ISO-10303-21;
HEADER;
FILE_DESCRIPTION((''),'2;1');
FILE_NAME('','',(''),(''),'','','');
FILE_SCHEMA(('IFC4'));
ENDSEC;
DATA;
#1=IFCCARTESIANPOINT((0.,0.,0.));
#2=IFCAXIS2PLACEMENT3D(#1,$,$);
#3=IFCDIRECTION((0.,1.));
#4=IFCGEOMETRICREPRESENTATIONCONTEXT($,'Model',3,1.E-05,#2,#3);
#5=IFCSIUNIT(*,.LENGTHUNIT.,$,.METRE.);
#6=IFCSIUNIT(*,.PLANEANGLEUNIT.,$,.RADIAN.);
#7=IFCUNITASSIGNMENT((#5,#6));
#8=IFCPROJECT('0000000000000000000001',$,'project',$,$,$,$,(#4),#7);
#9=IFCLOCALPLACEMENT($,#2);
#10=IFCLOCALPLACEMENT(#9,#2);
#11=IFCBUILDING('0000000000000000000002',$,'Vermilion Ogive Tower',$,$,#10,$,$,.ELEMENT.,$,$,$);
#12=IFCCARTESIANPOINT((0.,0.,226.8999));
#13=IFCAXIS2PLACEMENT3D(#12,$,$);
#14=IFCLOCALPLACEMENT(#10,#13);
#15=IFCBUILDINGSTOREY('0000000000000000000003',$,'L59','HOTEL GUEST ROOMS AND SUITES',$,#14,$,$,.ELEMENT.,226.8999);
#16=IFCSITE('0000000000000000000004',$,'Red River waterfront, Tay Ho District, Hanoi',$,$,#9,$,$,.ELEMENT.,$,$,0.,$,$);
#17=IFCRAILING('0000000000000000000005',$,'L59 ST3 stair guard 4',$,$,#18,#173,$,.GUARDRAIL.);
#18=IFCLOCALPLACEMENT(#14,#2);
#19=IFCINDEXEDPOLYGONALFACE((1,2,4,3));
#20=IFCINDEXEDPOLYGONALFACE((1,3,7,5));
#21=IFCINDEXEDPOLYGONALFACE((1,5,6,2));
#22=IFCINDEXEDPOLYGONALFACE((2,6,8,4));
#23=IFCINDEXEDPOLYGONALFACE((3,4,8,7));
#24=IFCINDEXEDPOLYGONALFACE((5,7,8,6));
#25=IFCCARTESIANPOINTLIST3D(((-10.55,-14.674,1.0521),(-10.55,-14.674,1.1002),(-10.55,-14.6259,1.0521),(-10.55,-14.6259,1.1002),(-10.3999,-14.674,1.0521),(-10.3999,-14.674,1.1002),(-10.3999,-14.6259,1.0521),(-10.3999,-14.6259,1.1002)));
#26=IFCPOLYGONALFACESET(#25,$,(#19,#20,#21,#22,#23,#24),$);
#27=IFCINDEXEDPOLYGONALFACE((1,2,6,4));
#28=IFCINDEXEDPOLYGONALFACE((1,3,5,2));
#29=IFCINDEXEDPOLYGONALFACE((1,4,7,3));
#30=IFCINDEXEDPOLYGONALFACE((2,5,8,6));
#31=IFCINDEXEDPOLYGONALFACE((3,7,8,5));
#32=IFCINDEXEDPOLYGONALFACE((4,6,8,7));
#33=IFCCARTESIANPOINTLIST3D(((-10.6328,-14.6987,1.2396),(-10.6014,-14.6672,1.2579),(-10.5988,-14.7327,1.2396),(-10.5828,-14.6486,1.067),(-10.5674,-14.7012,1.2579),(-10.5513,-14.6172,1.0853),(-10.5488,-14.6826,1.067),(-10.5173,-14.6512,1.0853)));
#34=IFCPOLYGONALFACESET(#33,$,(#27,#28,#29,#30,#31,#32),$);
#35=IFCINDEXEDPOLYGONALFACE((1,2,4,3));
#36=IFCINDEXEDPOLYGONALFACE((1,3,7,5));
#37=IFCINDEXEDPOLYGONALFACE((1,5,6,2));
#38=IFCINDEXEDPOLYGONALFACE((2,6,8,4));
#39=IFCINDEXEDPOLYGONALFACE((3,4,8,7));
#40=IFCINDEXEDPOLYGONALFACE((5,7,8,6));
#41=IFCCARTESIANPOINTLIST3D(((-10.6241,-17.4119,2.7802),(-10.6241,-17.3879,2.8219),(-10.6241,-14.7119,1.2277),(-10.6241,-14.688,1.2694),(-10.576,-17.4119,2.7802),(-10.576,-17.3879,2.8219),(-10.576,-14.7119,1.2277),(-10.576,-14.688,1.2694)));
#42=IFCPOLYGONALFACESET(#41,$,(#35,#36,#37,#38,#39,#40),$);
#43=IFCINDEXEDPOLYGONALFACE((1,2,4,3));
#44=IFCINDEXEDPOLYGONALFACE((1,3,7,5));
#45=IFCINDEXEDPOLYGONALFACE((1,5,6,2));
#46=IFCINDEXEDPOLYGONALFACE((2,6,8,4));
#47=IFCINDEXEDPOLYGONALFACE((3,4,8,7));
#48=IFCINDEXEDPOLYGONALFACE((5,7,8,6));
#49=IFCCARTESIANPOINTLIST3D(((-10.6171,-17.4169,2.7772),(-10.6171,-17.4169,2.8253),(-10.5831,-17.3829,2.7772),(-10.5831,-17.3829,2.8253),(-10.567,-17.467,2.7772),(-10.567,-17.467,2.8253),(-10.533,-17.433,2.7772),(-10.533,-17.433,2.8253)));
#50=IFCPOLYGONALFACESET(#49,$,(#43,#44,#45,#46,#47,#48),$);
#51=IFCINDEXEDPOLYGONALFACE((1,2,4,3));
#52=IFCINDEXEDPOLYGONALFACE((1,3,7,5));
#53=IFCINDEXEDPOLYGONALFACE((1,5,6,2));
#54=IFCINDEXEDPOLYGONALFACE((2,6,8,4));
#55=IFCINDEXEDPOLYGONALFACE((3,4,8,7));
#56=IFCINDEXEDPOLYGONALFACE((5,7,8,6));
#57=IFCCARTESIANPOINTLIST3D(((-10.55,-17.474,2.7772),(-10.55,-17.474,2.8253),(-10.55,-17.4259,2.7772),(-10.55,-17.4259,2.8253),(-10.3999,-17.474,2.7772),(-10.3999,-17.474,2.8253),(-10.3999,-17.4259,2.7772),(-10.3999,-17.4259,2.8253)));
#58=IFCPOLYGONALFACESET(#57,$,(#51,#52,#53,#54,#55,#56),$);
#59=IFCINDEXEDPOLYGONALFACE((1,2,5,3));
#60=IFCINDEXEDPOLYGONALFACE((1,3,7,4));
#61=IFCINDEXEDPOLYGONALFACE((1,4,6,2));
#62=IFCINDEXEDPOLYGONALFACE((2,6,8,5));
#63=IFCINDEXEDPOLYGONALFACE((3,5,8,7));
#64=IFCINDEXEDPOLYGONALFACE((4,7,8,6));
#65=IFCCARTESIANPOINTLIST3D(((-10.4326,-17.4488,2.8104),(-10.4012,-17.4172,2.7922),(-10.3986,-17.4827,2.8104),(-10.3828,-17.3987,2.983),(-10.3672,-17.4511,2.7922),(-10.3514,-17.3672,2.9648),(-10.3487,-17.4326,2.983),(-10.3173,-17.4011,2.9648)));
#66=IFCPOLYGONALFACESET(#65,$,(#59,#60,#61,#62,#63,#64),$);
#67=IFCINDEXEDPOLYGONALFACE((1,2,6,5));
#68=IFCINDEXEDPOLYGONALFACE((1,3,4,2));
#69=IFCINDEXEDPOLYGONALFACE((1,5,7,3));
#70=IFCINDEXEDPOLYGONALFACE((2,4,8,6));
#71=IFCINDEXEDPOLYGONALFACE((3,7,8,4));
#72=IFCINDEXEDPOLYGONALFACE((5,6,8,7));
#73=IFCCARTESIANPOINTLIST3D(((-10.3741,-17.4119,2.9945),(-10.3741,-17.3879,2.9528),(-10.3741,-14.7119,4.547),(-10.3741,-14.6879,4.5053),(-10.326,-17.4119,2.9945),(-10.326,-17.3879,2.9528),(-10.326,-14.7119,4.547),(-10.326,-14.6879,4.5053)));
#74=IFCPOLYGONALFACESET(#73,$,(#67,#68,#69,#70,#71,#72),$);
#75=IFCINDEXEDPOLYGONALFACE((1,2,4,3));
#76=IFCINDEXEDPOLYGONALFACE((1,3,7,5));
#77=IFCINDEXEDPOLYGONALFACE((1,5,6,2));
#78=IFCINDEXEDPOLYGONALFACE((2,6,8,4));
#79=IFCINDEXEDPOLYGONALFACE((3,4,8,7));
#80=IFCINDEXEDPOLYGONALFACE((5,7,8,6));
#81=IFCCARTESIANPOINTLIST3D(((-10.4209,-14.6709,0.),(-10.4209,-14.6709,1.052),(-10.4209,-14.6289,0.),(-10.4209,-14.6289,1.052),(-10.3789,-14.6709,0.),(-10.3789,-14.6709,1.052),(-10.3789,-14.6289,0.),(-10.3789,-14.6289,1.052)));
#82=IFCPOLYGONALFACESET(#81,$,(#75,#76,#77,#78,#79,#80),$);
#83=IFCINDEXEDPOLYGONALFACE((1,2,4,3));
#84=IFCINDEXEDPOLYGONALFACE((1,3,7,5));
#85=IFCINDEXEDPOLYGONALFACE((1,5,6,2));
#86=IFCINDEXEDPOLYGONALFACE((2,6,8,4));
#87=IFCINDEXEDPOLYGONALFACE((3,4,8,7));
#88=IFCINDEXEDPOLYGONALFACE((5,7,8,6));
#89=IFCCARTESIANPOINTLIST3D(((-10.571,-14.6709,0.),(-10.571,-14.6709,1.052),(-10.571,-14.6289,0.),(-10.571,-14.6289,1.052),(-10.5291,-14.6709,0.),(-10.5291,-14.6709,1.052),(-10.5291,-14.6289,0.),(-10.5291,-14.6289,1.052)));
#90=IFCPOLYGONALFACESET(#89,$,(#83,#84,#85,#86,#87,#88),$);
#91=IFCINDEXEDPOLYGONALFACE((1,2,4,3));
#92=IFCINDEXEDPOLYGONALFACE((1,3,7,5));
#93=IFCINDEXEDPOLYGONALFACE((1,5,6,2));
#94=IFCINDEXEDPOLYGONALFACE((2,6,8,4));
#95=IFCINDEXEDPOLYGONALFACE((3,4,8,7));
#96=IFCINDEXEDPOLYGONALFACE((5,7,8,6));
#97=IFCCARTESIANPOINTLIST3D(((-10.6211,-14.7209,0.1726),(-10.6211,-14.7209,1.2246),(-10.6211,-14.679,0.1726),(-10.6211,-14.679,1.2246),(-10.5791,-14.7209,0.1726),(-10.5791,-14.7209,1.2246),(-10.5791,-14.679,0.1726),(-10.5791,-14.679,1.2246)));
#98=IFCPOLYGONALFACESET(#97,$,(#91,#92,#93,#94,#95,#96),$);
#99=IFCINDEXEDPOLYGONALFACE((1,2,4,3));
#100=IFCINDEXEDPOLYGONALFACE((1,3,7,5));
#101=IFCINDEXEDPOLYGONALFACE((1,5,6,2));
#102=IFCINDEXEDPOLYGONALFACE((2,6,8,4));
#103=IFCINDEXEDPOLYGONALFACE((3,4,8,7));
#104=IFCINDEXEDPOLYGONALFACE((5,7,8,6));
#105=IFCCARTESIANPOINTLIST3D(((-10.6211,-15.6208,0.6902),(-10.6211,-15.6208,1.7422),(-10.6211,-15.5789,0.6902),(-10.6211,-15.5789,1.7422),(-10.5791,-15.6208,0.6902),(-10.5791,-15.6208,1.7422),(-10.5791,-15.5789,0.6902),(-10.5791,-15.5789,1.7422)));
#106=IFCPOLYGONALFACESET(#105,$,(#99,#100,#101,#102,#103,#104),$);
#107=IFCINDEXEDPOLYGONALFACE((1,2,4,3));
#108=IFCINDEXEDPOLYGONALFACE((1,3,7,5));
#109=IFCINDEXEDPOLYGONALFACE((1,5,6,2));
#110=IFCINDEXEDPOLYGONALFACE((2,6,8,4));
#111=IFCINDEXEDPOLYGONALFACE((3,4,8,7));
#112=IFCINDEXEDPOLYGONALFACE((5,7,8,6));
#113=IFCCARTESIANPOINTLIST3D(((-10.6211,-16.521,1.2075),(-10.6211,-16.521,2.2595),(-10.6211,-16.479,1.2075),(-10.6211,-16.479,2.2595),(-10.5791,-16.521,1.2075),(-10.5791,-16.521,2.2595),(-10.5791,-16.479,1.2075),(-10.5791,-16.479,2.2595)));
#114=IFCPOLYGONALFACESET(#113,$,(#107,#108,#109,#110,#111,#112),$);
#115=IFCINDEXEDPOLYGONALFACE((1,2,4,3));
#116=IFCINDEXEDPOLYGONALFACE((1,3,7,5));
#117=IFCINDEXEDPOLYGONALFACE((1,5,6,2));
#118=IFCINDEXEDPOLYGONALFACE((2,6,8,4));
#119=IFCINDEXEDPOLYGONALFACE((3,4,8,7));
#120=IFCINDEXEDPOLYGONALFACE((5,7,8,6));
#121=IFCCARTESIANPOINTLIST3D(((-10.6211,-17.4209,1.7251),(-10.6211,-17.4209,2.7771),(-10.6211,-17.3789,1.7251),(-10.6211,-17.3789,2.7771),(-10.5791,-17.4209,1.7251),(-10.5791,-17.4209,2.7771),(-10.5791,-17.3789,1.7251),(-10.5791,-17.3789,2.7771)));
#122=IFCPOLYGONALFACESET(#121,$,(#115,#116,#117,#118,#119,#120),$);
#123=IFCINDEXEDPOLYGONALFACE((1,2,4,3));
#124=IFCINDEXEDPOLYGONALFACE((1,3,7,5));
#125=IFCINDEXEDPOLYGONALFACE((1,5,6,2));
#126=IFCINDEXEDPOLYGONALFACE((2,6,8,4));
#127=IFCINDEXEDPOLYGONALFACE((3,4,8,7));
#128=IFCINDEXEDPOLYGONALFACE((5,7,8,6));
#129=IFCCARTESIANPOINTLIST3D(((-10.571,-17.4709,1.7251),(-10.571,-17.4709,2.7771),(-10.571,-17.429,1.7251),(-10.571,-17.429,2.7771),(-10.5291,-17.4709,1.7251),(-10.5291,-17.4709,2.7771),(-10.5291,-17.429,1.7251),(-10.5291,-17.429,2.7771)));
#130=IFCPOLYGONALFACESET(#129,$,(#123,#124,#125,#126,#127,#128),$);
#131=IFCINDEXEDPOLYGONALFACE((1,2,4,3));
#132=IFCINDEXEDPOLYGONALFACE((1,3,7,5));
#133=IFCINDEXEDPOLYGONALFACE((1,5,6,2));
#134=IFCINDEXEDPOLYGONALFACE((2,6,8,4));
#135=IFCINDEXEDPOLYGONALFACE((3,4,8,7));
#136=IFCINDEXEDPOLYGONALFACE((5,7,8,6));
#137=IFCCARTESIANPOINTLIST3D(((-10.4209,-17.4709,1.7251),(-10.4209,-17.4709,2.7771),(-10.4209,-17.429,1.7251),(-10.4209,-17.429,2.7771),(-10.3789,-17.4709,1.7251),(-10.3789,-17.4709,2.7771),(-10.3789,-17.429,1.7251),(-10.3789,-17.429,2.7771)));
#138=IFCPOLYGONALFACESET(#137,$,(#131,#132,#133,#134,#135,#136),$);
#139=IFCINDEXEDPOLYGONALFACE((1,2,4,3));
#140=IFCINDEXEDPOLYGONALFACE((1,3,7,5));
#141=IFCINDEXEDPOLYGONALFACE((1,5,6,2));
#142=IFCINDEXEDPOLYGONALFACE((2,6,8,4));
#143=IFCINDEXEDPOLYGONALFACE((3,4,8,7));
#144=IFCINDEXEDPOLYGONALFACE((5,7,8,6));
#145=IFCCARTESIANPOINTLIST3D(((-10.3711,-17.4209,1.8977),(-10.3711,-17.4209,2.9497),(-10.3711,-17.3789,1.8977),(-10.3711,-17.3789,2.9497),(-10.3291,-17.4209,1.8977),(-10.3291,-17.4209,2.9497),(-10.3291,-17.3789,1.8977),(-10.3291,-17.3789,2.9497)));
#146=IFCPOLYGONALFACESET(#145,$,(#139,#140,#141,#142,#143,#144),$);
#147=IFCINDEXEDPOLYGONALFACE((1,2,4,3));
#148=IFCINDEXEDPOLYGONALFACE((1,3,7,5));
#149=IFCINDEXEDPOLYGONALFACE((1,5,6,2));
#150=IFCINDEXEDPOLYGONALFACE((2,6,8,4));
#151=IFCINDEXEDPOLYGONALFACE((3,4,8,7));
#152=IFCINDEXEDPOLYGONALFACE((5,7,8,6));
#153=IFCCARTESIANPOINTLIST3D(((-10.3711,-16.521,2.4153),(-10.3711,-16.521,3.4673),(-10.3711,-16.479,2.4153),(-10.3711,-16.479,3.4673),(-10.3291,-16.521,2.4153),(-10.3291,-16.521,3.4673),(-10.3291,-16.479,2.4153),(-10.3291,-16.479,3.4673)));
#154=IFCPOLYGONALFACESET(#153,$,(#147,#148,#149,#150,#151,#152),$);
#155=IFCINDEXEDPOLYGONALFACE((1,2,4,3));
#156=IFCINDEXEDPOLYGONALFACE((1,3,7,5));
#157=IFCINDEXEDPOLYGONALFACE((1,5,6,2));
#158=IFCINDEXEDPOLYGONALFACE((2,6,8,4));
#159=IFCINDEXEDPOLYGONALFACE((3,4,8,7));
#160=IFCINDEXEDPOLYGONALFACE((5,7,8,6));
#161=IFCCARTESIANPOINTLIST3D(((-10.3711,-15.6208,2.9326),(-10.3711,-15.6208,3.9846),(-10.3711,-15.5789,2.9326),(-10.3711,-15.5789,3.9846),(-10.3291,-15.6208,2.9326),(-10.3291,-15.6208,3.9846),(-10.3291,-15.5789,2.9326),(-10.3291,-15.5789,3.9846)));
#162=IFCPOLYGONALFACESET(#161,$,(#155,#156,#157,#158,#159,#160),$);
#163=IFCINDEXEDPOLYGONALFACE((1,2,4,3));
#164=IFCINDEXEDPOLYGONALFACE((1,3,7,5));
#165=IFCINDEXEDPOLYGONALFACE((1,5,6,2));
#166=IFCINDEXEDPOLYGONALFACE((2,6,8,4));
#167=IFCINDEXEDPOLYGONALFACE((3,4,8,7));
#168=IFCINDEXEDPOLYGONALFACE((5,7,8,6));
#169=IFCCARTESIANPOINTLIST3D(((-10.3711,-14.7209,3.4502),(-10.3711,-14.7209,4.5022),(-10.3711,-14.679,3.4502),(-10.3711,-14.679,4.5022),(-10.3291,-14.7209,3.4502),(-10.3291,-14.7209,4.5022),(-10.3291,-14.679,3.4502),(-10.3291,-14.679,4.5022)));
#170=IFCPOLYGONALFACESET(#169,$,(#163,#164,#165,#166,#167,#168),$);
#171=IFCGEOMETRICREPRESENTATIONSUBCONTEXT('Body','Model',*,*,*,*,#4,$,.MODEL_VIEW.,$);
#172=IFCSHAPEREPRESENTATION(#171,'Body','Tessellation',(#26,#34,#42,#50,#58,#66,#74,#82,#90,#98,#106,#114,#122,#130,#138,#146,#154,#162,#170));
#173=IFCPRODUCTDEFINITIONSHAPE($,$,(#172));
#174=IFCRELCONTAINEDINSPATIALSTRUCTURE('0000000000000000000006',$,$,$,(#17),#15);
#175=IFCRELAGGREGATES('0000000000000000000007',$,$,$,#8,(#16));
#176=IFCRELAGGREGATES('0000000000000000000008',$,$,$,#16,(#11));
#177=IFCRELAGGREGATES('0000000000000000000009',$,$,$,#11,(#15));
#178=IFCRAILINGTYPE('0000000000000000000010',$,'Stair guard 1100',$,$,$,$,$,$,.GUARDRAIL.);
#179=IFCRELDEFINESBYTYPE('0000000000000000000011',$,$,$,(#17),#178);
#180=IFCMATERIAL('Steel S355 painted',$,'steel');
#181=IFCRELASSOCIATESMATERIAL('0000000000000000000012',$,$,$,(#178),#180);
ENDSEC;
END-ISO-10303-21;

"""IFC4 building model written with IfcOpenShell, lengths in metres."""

from ifc_helpers import new_model, si_unit, direction, frame, origin, origin_2d, place, context, subcontext, project, spatial, rectangle, extrude, material, type_object, element, save


model = new_model("IFC4")

# Units and contexts
model_context = context("Model", 3, precision=1e-05, world=origin(), true_north=direction((0.0, 1.0)))
body_context = subcontext(model_context, "Body", "Model", "MODEL_VIEW")
ifc_project = project(units=[si_unit("LENGTHUNIT", "METRE"), si_unit("PLANEANGLEUNIT", "RADIAN")], contexts=[model_context])

# Site, building, storey
site_placement = place(None, origin())
site = spatial("IfcSite", under=ifc_project, at=site_placement, Name="Red River waterfront, Tay Ho District, Hanoi", CompositionType="ELEMENT", RefElevation=0.0)
building_placement = place(site_placement, origin())
building = spatial("IfcBuilding", under=site, at=building_placement, Name="Vermilion Ogive Tower", CompositionType="ELEMENT")
storey_placement = place(building_placement, frame((0.0, 0.0, 226.8999)))
storey = spatial("IfcBuildingStorey", under=building, at=storey_placement, Name="L59", Description="HOTEL GUEST ROOMS AND SUITES", CompositionType="ELEMENT", Elevation=226.8999)

# Railing
ifc_material_1 = material(Name="Steel S355 painted", Category="steel")
railing_type = type_object("IfcRailingType", Name="Stair guard 1100", PredefinedType="GUARDRAIL", material=ifc_material_1)
railing_placement = place(storey_placement, frame((-10.3999, -14.6499, 0.0)))
element("IfcRailing", 1, at=railing_placement, inside=storey, type_object=railing_type, Name="L59 ST3 stair guard 4", PredefinedType="GUARDRAIL", context=body_context, shape_type="SweptSolid", body=[
    extrude(rectangle(XDim=0.0481, YDim=0.0481, at=origin_2d()), frame((0.0, 0.0, 1.0762), z_axis=(-1.0, 0.0, 0.0), x_axis=(0.0, -1.0, 0.0)), (0.0, 0.0, 1.0), 0.1501),
    extrude(rectangle(XDim=0.0481, YDim=0.0481, at=origin_2d()), frame((-0.1501, 0.0, 1.0762), z_axis=(-0.268278, -0.268278, 0.925232), x_axis=(0.707107, -0.707107, 0.0)), (0.0, 0.0, 1.0), 0.1865),
    extrude(rectangle(XDim=0.0481, YDim=0.0481, at=origin_2d()), frame((-0.2002, -0.05, 1.2485), z_axis=(0.0, -0.866904, 0.498476), x_axis=(1.0, 0.0, 0.0)), (0.0, 0.0, 1.0), 3.1145),
    extrude(rectangle(XDim=0.0481, YDim=0.0481, at=origin_2d()), frame((-0.2002, -2.75, 2.8013), z_axis=(0.707107, -0.707107, 0.0), x_axis=(0.707107, 0.707107, 0.0)), (0.0, 0.0, 1.0), 0.0708),
    extrude(rectangle(XDim=0.0481, YDim=0.0481, at=origin_2d()), frame((-0.1501, -2.8, 2.8013), z_axis=(1.0, 0.0, 0.0), x_axis=(0.0, 1.0, 0.0)), (0.0, 0.0, 1.0), 0.1501),
    extrude(rectangle(XDim=0.0481, YDim=0.0481, at=origin_2d()), frame((0.0, -2.8, 2.8013), z_axis=(0.267063, 0.268372, 0.925556), x_axis=(-0.708834, 0.705376, 0.0)), (0.0, 0.0, 1.0), 0.1865),
    extrude(rectangle(XDim=0.0481, YDim=0.0481, at=origin_2d()), frame((0.0498, -2.75, 2.9736), z_axis=(0.0, 0.866904, 0.498476), x_axis=(-1.0, 0.0, 0.0)), (0.0, 0.0, 1.0), 3.1145),
    extrude(rectangle(XDim=0.042, YDim=0.042, at=origin_2d()), origin(), (0.0, 0.0, 1.0), 1.052),
    extrude(rectangle(XDim=0.042, YDim=0.042, at=origin_2d()), frame((-0.1501, 0.0, 0.0)), (0.0, 0.0, 1.0), 1.052),
    extrude(rectangle(XDim=0.042, YDim=0.042, at=origin_2d()), frame((-0.2002, -0.05, 0.1726)), (0.0, 0.0, 1.0), 1.052),
    extrude(rectangle(XDim=0.042, YDim=0.042, at=origin_2d()), frame((-0.2002, -0.95, 0.6902)), (0.0, 0.0, 1.0), 1.052),
    extrude(rectangle(XDim=0.042, YDim=0.042, at=origin_2d()), frame((-0.2002, -1.8501, 1.2075)), (0.0, 0.0, 1.0), 1.052),
    extrude(rectangle(XDim=0.042, YDim=0.042, at=origin_2d()), frame((-0.2002, -2.75, 1.7251)), (0.0, 0.0, 1.0), 1.052),
    extrude(rectangle(XDim=0.042, YDim=0.042, at=origin_2d()), frame((-0.1501, -2.8, 1.7251)), (0.0, 0.0, 1.0), 1.052),
    extrude(rectangle(XDim=0.042, YDim=0.042, at=origin_2d()), frame((0.0, -2.8, 1.7251)), (0.0, 0.0, 1.0), 1.052),
    extrude(rectangle(XDim=0.042, YDim=0.042, at=origin_2d()), frame((0.0498, -2.75, 1.8977)), (0.0, 0.0, 1.0), 1.052),
    extrude(rectangle(XDim=0.042, YDim=0.042, at=origin_2d()), frame((0.0498, -1.8501, 2.4153)), (0.0, 0.0, 1.0), 1.052),
    extrude(rectangle(XDim=0.042, YDim=0.042, at=origin_2d()), frame((0.0498, -0.95, 2.9326)), (0.0, 0.0, 1.0), 1.052),
    extrude(rectangle(XDim=0.042, YDim=0.042, at=origin_2d()), frame((0.0498, -0.05, 3.4502)), (0.0, 0.0, 1.0), 1.052),
])

save(model, "model.ifc")
